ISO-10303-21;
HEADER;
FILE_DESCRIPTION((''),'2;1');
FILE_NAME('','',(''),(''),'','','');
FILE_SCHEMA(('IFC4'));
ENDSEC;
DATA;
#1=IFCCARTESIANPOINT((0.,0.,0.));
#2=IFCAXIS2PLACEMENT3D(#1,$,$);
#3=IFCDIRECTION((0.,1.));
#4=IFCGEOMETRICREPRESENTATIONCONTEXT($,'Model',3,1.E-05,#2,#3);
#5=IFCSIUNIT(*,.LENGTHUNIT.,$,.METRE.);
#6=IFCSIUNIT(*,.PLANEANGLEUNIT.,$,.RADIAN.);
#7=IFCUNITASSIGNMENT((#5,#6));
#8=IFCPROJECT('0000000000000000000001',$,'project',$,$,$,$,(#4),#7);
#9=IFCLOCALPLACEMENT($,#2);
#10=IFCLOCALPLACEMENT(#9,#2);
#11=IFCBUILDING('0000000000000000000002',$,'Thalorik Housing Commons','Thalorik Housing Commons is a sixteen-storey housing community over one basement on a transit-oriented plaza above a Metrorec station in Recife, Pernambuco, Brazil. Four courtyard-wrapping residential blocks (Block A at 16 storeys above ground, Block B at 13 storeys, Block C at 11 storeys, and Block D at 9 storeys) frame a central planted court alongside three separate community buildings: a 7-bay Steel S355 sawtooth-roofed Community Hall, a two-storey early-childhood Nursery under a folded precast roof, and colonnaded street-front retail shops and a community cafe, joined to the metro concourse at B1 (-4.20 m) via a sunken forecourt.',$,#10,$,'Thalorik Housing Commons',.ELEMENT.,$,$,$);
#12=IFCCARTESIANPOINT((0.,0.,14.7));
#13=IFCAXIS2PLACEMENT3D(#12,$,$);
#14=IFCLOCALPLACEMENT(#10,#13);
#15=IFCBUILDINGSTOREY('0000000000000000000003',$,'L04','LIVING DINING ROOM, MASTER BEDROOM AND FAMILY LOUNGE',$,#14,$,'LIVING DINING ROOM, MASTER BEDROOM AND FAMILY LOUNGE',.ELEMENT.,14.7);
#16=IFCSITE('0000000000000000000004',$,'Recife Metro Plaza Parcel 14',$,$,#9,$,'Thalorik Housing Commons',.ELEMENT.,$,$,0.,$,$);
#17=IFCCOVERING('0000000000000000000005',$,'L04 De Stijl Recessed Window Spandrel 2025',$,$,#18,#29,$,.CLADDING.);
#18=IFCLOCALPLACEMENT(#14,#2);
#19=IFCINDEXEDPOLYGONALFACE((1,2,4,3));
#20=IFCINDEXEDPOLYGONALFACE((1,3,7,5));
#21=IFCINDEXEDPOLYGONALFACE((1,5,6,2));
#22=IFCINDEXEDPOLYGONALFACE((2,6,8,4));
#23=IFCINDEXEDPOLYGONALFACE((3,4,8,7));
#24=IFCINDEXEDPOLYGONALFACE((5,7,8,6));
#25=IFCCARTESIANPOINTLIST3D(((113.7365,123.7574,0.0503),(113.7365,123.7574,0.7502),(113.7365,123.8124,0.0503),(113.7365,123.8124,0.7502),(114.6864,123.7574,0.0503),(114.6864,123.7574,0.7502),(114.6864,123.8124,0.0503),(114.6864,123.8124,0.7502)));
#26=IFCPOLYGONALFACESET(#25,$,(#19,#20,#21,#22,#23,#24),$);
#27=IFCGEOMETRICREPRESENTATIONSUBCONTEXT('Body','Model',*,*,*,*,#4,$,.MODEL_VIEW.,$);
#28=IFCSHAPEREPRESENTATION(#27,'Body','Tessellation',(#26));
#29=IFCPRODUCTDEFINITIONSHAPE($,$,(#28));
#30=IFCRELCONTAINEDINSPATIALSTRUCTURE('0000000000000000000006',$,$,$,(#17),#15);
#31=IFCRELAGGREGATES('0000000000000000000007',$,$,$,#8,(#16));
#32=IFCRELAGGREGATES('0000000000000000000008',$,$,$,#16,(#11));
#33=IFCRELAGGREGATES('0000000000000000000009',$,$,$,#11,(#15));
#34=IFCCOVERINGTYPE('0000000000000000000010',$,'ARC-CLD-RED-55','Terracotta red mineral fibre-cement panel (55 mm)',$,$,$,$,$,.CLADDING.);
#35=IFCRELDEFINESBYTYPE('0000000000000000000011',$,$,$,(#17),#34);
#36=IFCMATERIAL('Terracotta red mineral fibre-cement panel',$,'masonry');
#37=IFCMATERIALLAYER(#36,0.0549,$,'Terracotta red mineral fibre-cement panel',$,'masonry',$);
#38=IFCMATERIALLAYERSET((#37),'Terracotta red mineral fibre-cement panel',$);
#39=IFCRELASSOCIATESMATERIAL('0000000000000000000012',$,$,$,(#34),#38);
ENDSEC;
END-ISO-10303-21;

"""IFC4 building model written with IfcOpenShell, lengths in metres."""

from ifc_helpers import new_model, si_unit, direction, frame, origin, origin_2d, place, context, subcontext, project, spatial, rectangle, extrude, material, layer, layer_set, type_object, element, save


model = new_model("IFC4")

# Units and contexts
model_context = context("Model", 3, precision=1e-05, world=origin(), true_north=direction((0.0, 1.0)))
body_context = subcontext(model_context, "Body", "Model", "MODEL_VIEW")
ifc_project = project(units=[si_unit("LENGTHUNIT", "METRE"), si_unit("PLANEANGLEUNIT", "RADIAN")], contexts=[model_context])

# Site, building, storey
site_placement = place(None, origin())
site = spatial("IfcSite", under=ifc_project, at=site_placement, Name="Recife Metro Plaza Parcel 14", LongName="Thalorik Housing Commons", CompositionType="ELEMENT", RefElevation=0.0)
building_placement = place(site_placement, origin())
building = spatial("IfcBuilding", under=site, at=building_placement, Name="Thalorik Housing Commons", Description="Thalorik Housing Commons is a sixteen-storey housing community over one basement on a transit-oriented plaza above a Metrorec station in Recife, Pernambuco, Brazil. Four courtyard-wrapping residential blocks (Block A at 16 storeys above ground, Block B at 13 storeys, Block C at 11 storeys, and Block D at 9 storeys) frame a central planted court alongside three separate community buildings: a 7-bay Steel S355 sawtooth-roofed Community Hall, a two-storey early-childhood Nursery under a folded precast roof, and colonnaded street-front retail shops and a community cafe, joined to the metro concourse at B1 (-4.20 m) via a sunken forecourt.", LongName="Thalorik Housing Commons", CompositionType="ELEMENT")
storey_placement = place(building_placement, frame((0.0, 0.0, 14.7)))
storey = spatial("IfcBuildingStorey", under=building, at=storey_placement, Name="L04", Description="LIVING DINING ROOM, MASTER BEDROOM AND FAMILY LOUNGE", LongName="LIVING DINING ROOM, MASTER BEDROOM AND FAMILY LOUNGE", CompositionType="ELEMENT", Elevation=14.7)

# Covering
ifc_material_1 = material(Name="Terracotta red mineral fibre-cement panel", Category="masonry")
ifc_layer_1 = layer(ifc_material_1, 0.0549, Name="Terracotta red mineral fibre-cement panel", Category="masonry")
ifc_layer_set_1 = layer_set([ifc_layer_1], Name="Terracotta red mineral fibre-cement panel")
covering_type_1 = type_object("IfcCoveringType", Name="ARC-CLD-RED-55", Description="Terracotta red mineral fibre-cement panel (55 mm)", PredefinedType="CLADDING", material=ifc_layer_set_1)
covering_1_placement = place(storey_placement, frame((114.2114, 123.7849, 0.0503), z_axis=(0.0, 0.0, 1.0), x_axis=(-1.0, 0.0, 0.0)))
element("IfcCovering", 1, at=covering_1_placement, inside=storey, type_object=covering_type_1, Name="L04 De Stijl Recessed Window Spandrel 2025", PredefinedType="CLADDING", context=body_context, shape_type="SweptSolid", body=[
    extrude(rectangle(XDim=0.95, YDim=0.0549, at=origin_2d()), origin(), (0.0, 0.0, 1.0), 0.7),
])

save(model, "model.ifc")
